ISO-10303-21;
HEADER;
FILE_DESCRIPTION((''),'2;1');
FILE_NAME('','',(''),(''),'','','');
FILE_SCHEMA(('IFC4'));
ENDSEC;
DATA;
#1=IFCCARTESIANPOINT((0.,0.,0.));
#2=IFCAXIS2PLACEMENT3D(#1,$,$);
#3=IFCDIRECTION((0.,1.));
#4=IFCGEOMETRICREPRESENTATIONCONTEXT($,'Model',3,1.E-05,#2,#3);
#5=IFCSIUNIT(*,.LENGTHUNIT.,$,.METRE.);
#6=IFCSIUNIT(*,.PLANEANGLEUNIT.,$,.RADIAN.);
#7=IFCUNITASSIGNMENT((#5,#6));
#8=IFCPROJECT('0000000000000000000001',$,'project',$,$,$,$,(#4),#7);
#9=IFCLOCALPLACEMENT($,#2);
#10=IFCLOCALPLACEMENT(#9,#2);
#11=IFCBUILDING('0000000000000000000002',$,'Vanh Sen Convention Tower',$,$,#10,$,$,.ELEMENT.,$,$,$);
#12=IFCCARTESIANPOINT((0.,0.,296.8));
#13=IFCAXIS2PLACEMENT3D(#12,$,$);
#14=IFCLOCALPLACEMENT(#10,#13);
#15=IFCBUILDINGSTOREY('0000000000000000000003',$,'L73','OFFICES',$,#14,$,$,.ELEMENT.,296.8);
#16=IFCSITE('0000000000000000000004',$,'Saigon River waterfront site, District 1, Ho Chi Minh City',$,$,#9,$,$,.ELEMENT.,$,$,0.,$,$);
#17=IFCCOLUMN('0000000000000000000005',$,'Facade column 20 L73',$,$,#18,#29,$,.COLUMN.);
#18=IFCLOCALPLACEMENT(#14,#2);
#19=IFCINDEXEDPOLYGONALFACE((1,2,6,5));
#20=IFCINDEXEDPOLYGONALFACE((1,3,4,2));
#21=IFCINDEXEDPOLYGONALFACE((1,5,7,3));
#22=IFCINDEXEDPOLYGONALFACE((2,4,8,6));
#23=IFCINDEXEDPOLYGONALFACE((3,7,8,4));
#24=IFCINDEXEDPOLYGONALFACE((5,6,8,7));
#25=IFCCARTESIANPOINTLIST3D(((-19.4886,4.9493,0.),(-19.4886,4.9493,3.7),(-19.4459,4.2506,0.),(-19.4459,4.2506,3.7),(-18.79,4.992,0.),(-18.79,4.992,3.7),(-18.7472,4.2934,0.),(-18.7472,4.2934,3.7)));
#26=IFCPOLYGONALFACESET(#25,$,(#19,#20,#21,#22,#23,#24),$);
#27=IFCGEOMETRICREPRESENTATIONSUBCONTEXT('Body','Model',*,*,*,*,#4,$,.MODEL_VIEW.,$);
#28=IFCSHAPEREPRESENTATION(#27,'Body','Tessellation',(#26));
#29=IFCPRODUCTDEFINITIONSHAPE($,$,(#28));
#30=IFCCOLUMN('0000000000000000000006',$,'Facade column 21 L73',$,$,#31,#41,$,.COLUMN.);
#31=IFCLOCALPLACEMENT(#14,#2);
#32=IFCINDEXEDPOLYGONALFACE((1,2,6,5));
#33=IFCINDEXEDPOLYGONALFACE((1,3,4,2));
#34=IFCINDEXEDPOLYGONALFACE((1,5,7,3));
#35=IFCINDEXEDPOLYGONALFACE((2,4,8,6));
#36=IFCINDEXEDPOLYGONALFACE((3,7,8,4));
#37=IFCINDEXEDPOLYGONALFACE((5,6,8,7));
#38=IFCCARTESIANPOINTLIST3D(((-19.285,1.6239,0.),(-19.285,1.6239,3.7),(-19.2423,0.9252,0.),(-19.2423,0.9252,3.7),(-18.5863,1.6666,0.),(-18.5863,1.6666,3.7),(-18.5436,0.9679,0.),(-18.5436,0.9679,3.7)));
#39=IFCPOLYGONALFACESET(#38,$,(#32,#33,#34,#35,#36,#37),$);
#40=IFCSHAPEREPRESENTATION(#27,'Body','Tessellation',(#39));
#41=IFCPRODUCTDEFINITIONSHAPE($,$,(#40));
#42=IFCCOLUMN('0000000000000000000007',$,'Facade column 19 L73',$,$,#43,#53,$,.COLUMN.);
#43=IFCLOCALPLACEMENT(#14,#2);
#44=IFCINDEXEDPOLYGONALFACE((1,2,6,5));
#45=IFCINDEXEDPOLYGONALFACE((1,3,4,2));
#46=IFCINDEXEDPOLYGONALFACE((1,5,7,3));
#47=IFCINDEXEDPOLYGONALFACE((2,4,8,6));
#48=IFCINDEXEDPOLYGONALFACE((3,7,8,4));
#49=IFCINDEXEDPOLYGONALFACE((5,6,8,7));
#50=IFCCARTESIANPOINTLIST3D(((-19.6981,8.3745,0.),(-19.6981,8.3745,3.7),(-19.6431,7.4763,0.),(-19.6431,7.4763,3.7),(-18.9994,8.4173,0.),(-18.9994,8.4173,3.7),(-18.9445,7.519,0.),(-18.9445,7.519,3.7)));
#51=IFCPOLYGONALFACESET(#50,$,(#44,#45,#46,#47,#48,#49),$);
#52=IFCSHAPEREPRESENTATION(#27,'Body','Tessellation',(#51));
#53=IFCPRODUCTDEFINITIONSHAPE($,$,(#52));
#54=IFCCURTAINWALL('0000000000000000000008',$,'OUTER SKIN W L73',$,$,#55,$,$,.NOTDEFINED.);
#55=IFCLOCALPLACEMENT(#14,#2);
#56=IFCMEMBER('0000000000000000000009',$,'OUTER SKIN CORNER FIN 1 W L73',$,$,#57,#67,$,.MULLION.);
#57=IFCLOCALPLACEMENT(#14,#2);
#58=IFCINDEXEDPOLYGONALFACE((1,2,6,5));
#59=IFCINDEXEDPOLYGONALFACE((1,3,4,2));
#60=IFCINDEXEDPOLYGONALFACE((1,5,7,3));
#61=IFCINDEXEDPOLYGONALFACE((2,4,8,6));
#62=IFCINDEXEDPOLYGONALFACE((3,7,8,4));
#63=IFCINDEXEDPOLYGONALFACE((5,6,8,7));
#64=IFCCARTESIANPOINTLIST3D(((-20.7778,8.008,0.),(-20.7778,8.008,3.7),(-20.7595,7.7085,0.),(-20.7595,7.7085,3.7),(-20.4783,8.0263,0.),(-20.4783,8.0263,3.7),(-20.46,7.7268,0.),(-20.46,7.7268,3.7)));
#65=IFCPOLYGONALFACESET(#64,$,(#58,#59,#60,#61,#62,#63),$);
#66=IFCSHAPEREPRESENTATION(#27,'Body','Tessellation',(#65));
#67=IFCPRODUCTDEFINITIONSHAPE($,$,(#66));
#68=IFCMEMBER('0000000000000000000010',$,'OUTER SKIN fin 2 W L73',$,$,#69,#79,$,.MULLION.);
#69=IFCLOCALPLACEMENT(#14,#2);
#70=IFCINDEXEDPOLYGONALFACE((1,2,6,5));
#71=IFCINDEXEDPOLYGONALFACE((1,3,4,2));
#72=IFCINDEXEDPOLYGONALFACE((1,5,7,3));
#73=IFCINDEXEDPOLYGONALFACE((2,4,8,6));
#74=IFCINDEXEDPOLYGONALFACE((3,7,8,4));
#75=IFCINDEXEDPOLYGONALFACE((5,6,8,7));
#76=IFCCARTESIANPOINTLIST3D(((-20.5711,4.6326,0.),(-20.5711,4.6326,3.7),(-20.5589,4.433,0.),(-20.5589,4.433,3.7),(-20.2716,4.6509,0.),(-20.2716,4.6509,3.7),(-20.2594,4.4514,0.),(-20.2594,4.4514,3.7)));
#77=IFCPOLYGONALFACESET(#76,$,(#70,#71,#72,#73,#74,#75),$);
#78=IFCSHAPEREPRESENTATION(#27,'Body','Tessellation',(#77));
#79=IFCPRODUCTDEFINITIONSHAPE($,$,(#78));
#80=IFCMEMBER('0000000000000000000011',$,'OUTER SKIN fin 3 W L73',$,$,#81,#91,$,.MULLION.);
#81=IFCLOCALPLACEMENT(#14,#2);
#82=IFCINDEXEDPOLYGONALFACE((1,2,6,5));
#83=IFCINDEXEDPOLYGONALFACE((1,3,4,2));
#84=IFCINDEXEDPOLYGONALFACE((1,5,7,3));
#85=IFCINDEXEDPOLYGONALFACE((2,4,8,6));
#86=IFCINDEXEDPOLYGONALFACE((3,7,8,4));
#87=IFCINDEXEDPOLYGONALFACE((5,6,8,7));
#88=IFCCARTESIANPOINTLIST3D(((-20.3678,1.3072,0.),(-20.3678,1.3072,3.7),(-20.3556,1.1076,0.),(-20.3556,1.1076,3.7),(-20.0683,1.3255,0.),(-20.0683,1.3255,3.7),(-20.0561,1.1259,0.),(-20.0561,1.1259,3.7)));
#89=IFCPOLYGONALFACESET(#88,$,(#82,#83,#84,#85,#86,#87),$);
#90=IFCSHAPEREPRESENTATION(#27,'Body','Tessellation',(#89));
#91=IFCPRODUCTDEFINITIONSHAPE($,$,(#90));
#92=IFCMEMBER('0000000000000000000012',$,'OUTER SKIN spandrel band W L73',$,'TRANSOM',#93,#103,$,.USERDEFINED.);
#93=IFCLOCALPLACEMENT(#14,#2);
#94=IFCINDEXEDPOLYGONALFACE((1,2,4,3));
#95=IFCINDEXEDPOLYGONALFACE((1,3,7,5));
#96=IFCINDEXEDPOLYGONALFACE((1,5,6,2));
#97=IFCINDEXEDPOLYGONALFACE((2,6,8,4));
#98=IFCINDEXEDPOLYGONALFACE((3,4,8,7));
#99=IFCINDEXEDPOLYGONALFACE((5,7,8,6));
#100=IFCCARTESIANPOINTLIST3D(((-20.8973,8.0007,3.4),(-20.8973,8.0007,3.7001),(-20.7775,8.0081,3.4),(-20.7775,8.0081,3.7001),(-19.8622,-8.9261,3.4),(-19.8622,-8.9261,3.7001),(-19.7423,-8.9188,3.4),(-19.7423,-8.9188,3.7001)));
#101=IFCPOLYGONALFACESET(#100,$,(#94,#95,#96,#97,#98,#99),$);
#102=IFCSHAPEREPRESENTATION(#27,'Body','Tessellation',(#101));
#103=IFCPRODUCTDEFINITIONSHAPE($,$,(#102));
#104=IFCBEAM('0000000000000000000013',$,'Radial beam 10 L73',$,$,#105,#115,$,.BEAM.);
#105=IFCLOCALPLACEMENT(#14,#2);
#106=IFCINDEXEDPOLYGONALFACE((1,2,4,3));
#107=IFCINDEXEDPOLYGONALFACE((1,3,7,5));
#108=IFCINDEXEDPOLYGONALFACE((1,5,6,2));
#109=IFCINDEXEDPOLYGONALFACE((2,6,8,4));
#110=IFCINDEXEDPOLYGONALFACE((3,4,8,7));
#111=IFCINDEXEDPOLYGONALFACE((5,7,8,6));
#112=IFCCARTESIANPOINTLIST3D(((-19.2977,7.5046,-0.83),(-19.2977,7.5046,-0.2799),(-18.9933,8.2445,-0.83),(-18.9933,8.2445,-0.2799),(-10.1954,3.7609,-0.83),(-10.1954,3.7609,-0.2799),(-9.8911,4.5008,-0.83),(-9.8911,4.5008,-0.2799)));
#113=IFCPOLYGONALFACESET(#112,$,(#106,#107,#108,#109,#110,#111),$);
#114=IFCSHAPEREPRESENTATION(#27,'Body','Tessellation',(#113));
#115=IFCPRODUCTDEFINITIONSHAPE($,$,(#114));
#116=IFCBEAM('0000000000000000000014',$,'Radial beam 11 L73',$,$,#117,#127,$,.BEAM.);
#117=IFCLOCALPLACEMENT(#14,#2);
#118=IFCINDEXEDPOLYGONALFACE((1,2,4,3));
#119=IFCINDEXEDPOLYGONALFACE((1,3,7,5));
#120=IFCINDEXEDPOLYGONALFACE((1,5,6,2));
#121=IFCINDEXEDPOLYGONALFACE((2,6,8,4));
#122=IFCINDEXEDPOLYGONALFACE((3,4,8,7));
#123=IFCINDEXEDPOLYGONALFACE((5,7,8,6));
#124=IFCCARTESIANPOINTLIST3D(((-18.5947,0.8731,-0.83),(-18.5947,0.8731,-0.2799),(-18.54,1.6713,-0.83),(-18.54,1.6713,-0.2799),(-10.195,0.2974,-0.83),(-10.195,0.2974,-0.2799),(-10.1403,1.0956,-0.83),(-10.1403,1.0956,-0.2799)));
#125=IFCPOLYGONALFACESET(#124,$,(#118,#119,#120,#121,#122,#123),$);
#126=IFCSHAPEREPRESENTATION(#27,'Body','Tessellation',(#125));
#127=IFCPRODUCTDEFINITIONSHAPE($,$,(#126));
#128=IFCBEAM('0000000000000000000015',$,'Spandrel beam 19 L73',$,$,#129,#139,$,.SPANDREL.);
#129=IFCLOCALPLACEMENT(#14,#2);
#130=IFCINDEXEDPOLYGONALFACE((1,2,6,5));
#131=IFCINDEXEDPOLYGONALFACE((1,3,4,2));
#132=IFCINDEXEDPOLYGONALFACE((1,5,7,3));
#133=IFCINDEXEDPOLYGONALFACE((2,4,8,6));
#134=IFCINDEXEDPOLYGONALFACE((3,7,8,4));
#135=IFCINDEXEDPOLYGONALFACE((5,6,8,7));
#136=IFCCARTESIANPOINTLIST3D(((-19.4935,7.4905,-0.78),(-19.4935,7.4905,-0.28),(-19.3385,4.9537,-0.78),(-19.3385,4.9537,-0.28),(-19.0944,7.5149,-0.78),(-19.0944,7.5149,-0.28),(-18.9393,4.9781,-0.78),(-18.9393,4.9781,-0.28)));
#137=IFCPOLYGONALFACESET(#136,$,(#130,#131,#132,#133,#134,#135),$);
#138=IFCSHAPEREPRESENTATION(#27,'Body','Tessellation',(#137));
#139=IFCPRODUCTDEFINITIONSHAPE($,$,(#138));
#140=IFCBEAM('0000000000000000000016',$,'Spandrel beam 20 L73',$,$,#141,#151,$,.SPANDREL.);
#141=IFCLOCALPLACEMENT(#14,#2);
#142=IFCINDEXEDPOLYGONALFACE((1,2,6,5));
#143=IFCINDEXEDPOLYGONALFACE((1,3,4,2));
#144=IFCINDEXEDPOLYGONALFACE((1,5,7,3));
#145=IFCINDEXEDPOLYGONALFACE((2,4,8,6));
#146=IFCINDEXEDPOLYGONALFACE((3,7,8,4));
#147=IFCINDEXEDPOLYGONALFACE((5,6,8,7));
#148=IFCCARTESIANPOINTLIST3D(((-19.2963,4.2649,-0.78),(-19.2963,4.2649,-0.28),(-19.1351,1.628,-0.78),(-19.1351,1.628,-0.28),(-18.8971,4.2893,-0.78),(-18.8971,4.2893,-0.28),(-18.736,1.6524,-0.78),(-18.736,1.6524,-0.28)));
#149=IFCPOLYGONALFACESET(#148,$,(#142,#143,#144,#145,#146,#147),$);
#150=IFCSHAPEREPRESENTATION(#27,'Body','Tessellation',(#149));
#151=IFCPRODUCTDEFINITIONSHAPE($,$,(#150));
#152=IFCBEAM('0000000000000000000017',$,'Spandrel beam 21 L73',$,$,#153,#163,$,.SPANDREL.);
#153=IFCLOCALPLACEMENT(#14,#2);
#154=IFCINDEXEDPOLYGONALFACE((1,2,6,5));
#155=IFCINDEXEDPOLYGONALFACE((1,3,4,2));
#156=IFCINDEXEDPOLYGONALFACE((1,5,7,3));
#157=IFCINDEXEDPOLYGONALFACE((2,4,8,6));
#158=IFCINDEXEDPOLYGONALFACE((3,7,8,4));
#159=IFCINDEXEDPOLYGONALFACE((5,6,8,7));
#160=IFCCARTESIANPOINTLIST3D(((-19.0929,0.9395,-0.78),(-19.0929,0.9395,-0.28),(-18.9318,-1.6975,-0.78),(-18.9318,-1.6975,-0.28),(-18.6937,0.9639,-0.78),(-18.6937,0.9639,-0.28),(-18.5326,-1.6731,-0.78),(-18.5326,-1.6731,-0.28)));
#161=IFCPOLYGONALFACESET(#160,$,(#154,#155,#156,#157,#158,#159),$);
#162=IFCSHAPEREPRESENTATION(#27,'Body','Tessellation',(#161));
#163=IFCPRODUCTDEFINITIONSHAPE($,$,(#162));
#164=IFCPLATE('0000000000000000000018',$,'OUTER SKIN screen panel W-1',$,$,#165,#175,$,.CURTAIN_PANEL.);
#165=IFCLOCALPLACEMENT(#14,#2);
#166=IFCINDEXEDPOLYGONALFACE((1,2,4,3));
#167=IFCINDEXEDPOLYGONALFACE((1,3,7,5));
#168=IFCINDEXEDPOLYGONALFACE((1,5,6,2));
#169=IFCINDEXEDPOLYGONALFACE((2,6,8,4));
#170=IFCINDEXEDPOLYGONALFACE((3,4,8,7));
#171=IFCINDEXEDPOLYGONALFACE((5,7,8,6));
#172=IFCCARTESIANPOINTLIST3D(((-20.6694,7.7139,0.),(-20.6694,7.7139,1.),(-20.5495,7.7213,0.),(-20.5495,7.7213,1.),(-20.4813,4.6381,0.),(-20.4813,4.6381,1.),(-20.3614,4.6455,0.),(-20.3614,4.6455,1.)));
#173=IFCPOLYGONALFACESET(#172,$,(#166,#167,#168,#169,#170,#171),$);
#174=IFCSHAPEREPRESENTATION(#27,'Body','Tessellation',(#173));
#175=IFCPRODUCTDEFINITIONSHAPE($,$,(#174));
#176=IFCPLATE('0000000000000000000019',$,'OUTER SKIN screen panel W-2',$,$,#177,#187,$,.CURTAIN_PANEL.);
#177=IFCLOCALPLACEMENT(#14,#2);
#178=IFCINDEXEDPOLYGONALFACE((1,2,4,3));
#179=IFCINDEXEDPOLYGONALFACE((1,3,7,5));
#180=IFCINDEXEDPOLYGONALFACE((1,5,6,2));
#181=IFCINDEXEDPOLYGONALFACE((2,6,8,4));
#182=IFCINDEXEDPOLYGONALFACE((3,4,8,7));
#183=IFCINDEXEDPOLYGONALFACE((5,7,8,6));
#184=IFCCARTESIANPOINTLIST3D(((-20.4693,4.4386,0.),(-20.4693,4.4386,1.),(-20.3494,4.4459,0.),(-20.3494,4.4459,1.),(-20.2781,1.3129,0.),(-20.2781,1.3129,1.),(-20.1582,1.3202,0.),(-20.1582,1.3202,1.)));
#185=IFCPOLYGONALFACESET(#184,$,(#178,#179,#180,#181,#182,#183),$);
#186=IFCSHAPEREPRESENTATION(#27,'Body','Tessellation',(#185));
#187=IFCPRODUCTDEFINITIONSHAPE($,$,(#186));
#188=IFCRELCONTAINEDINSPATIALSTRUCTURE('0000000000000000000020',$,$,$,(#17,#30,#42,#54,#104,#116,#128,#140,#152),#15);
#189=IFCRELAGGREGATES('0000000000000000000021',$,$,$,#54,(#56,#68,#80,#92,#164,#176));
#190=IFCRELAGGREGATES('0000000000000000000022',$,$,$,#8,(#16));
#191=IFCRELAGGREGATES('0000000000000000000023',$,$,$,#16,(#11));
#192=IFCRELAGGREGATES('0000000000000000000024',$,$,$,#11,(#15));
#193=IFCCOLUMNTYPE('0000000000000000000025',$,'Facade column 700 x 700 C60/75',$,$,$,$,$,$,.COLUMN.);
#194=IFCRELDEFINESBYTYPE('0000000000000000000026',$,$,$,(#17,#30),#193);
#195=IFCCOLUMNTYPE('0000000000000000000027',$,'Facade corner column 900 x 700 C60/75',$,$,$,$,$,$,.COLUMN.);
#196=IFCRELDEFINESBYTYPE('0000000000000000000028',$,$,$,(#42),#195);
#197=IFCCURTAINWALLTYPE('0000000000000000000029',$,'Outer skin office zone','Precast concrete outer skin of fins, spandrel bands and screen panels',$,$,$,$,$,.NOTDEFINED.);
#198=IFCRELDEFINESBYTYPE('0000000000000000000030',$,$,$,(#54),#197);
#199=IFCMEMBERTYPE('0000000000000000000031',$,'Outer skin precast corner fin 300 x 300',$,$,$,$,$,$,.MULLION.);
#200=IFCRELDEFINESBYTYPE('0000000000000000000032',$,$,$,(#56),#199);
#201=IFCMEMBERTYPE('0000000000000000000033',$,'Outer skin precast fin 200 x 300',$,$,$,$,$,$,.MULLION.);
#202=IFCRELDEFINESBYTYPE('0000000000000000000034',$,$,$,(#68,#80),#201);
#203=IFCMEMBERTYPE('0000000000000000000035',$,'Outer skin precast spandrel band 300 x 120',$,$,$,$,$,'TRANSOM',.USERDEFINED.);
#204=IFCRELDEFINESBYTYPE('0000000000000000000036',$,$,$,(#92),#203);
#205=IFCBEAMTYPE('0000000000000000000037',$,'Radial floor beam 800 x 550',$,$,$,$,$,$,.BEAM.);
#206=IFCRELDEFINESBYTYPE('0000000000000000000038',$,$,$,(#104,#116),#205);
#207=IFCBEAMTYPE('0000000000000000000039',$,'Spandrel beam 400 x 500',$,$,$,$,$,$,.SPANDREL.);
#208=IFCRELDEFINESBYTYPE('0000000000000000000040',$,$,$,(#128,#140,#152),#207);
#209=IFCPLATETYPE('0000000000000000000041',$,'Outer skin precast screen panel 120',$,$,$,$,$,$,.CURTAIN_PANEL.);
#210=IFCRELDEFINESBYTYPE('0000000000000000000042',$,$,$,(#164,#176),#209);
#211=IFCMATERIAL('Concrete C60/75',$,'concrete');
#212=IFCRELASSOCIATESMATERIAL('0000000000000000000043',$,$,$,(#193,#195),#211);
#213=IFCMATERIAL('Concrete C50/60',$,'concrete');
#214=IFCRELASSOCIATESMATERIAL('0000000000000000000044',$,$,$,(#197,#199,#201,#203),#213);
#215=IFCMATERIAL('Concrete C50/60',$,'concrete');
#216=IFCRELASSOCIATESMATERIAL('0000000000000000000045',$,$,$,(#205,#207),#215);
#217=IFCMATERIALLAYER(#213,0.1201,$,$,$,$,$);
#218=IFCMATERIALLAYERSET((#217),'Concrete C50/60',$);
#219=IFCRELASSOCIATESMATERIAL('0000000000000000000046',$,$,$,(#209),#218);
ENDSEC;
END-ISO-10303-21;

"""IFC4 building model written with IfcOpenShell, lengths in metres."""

from ifc_helpers import new_model, si_unit, direction, frame, origin, origin_2d, place, context, subcontext, project, spatial, rectangle, extrude, material, layer, layer_set, material_profile, profile_set, type_object, element, aggregate, save


model = new_model("IFC4")

# Units and contexts
model_context = context("Model", 3, precision=1e-05, world=origin(), true_north=direction((0.0, 1.0)))
body_context = subcontext(model_context, "Body", "Model", "MODEL_VIEW")
ifc_project = project(units=[si_unit("LENGTHUNIT", "METRE"), si_unit("PLANEANGLEUNIT", "RADIAN")], contexts=[model_context])

# Site, building, storey
site_placement = place(None, origin())
site = spatial("IfcSite", under=ifc_project, at=site_placement, Name="Saigon River waterfront site, District 1, Ho Chi Minh City", CompositionType="ELEMENT", RefElevation=0.0)
building_placement = place(site_placement, origin())
building = spatial("IfcBuilding", under=site, at=building_placement, Name="Vanh Sen Convention Tower", CompositionType="ELEMENT")
storey_placement = place(building_placement, frame((0.0, 0.0, 296.8)))
storey = spatial("IfcBuildingStorey", under=building, at=storey_placement, Name="L73", Description="OFFICES", CompositionType="ELEMENT", Elevation=296.8)

# Columns
ifc_material_1 = material(Name="Concrete C60/75", Category="concrete")
ifc_material_profile_1 = material_profile(ifc_material_1, rectangle(XDim=0.7, YDim=0.7, at=origin_2d()), Name="RC 700X700")
ifc_profile_set_1 = profile_set([ifc_material_profile_1], Name="Concrete C60/75")
column_type_1 = type_object("IfcColumnType", Name="Facade column 700 x 700 C60/75", PredefinedType="COLUMN", material=ifc_profile_set_1)
for number, where, z_axis, x_axis, name in (
    (1, (-19.1179, 4.6213, 0.0), (0.0, 0.0, 1.0), (0.061049, -0.998135, 0.0), "Facade column 20 L73"),
    (2, (-18.9143, 1.2959, 0.0), (0.0, 0.0, 1.0), (0.061049, -0.998135, 0.0), "Facade column 21 L73"),
):
    element("IfcColumn", number, at=place(storey_placement, frame(where, z_axis=z_axis, x_axis=x_axis)), inside=storey, type_object=column_type_1, Name=name, PredefinedType="COLUMN", context=body_context, shape_type="SweptSolid", body=[
        extrude(rectangle(XDim=0.7, YDim=0.7, at=origin_2d()), origin(), (0.0, 0.0, 1.0), 3.7),
    ])
ifc_material_profile_2 = material_profile(ifc_material_1, rectangle(XDim=0.8999, YDim=0.7, at=origin_2d()), Name="RC 900X700")
ifc_profile_set_2 = profile_set([ifc_material_profile_2], Name="Concrete C60/75")
column_type_2 = type_object("IfcColumnType", Name="Facade corner column 900 x 700 C60/75", PredefinedType="COLUMN", material=ifc_profile_set_2)
column_placement = place(storey_placement, frame((-19.3213, 7.9468, 0.0), z_axis=(0.0, 0.0, 1.0), x_axis=(0.061049, -0.998135, 0.0)))
element("IfcColumn", 3, at=column_placement, inside=storey, type_object=column_type_2, Name="Facade column 19 L73", PredefinedType="COLUMN", context=body_context, shape_type="SweptSolid", body=[
    extrude(rectangle(XDim=0.8999, YDim=0.7, at=origin_2d()), origin(), (0.0, 0.0, 1.0), 3.7),
])

# Curtain wall, members
ifc_material_2 = material(Name="Concrete C50/60", Category="concrete")
curtain_wall_type = type_object("IfcCurtainWallType", Name="Outer skin office zone", Description="Precast concrete outer skin of fins, spandrel bands and screen panels", PredefinedType="NOTDEFINED", material=ifc_material_2)
curtain_wall_placement = place(storey_placement, origin())
curtain_wall = element("IfcCurtainWall", 4, at=curtain_wall_placement, inside=storey, type_object=curtain_wall_type, Name="OUTER SKIN W L73", PredefinedType="NOTDEFINED")
ifc_material_profile_3 = material_profile(ifc_material_2, rectangle(XDim=0.3, YDim=0.3, at=origin_2d()), Name="Outer skin precast corner fin 300 x 300")
ifc_profile_set_3 = profile_set([ifc_material_profile_3], Name="Concrete C50/60")
member_type_1 = type_object("IfcMemberType", Name="Outer skin precast corner fin 300 x 300", PredefinedType="MULLION", material=ifc_profile_set_3)
member_1_placement = place(storey_placement, frame((-20.6189, 7.8674, 0.0), z_axis=(0.0, 0.0, 1.0), x_axis=(0.061049, -0.998135, 0.0)))
member_1 = element("IfcMember", 5, at=member_1_placement, type_object=member_type_1, Name="OUTER SKIN CORNER FIN 1 W L73", PredefinedType="MULLION", context=body_context, shape_type="SweptSolid", body=[
    extrude(rectangle(XDim=0.3, YDim=0.3, at=origin_2d()), origin(), (0.0, 0.0, 1.0), 3.7),
])
ifc_material_profile_4 = material_profile(ifc_material_2, rectangle(XDim=0.2, YDim=0.3, at=origin_2d()), Name="Outer skin precast fin 200 x 300")
ifc_profile_set_4 = profile_set([ifc_material_profile_4], Name="Concrete C50/60")
member_type_2 = type_object("IfcMemberType", Name="Outer skin precast fin 200 x 300", PredefinedType="MULLION", material=ifc_profile_set_4)
member_2_placement = place(storey_placement, frame((-20.4153, 4.542, 0.0), z_axis=(0.0, 0.0, 1.0), x_axis=(0.061049, -0.998135, 0.0)))
member_2 = element("IfcMember", 6, at=member_2_placement, type_object=member_type_2, Name="OUTER SKIN fin 2 W L73", PredefinedType="MULLION", context=body_context, shape_type="SweptSolid", body=[
    extrude(rectangle(XDim=0.2, YDim=0.3, at=origin_2d()), origin(), (0.0, 0.0, 1.0), 3.7),
])
member_3_placement = place(storey_placement, frame((-20.2119, 1.2166, 0.0), z_axis=(0.0, 0.0, 1.0), x_axis=(0.061049, -0.998135, 0.0)))
member_3 = element("IfcMember", 7, at=member_3_placement, type_object=member_type_2, Name="OUTER SKIN fin 3 W L73", PredefinedType="MULLION", context=body_context, shape_type="SweptSolid", body=[
    extrude(rectangle(XDim=0.2, YDim=0.3, at=origin_2d()), origin(), (0.0, 0.0, 1.0), 3.7),
])
ifc_material_profile_5 = material_profile(ifc_material_2, rectangle(XDim=0.1201, YDim=0.3, at=origin_2d()), Name="Outer skin precast spandrel band 300 x 120")
ifc_profile_set_5 = profile_set([ifc_material_profile_5], Name="Concrete C50/60")
member_type_3 = type_object("IfcMemberType", Name="Outer skin precast spandrel band 300 x 120", ElementType="TRANSOM", PredefinedType="USERDEFINED", material=ifc_profile_set_5)
member_4_placement = place(storey_placement, frame((-20.8374, 8.0044, 3.55), z_axis=(0.061041, -0.998135, 0.0), x_axis=(0.998135, 0.061041, 0.0)))
member_4 = element("IfcMember", 8, at=member_4_placement, type_object=member_type_3, Name="OUTER SKIN spandrel band W L73", ObjectType="TRANSOM", PredefinedType="USERDEFINED", context=body_context, shape_type="SweptSolid", body=[
    extrude(rectangle(XDim=0.1201, YDim=0.3, at=origin_2d()), origin(), (0.0, 0.0, 1.0), 16.9585),
])

# Beams
ifc_material_3 = material(Name="Concrete C50/60", Category="concrete")
ifc_material_profile_6 = material_profile(ifc_material_3, rectangle(XDim=0.8, YDim=0.55, at=origin_2d()), Name="RC 800X550")
ifc_profile_set_6 = profile_set([ifc_material_profile_6], Name="Concrete C50/60")
beam_type_1 = type_object("IfcBeamType", Name="Radial floor beam 800 x 550", PredefinedType="BEAM", material=ifc_profile_set_6)
beam_1_placement = place(storey_placement, frame((-19.1455, 7.8745, -0.5549), z_axis=(0.924834, -0.380372, 0.0), x_axis=(0.380372, 0.924834, 0.0)))
element("IfcBeam", 9, at=beam_1_placement, inside=storey, type_object=beam_type_1, Name="Radial beam 10 L73", PredefinedType="BEAM", context=body_context, shape_type="SweptSolid", body=[
    extrude(rectangle(XDim=0.8, YDim=0.55, at=origin_2d()), origin(), (0.0, 0.0, 1.0), 9.842),
])
beam_2_placement = place(storey_placement, frame((-18.5674, 1.2722, -0.5549), z_axis=(0.99766, -0.068376, 0.0), x_axis=(0.068376, 0.99766, 0.0)))
element("IfcBeam", 10, at=beam_2_placement, inside=storey, type_object=beam_type_1, Name="Radial beam 11 L73", PredefinedType="BEAM", context=body_context, shape_type="SweptSolid", body=[
    extrude(rectangle(XDim=0.8, YDim=0.55, at=origin_2d()), origin(), (0.0, 0.0, 1.0), 8.4194),
])
ifc_material_profile_7 = material_profile(ifc_material_3, rectangle(XDim=0.3999, YDim=0.5, at=origin_2d()), Name="RC 400X500")
ifc_profile_set_7 = profile_set([ifc_material_profile_7], Name="Concrete C50/60")
beam_type_2 = type_object("IfcBeamType", Name="Spandrel beam 400 x 500", PredefinedType="SPANDREL", material=ifc_profile_set_7)
beam_3_placement = place(storey_placement, frame((-19.2939, 7.5027, -0.53), z_axis=(0.060997, -0.998138, 0.0), x_axis=(0.998138, 0.060997, 0.0)))
element("IfcBeam", 11, at=beam_3_placement, inside=storey, type_object=beam_type_2, Name="Spandrel beam 19 L73", PredefinedType="SPANDREL", context=body_context, shape_type="SweptSolid", body=[
    extrude(rectangle(XDim=0.3999, YDim=0.5, at=origin_2d()), origin(), (0.0, 0.0, 1.0), 2.5415),
])
for number, where, z_axis, x_axis, name in (
    (12, (-19.0967, 4.2771, -0.53), (0.060992, -0.998138, 0.0), (0.998138, 0.060992, 0.0), "Spandrel beam 20 L73"),
    (13, (-18.8933, 0.9517, -0.53), (0.060992, -0.998138, 0.0), (0.998138, 0.060992, 0.0), "Spandrel beam 21 L73"),
):
    element("IfcBeam", number, at=place(storey_placement, frame(where, z_axis=z_axis, x_axis=x_axis)), inside=storey, type_object=beam_type_2, Name=name, PredefinedType="SPANDREL", context=body_context, shape_type="SweptSolid", body=[
        extrude(rectangle(XDim=0.3999, YDim=0.5, at=origin_2d()), origin(), (0.0, 0.0, 1.0), 2.6418),
    ])

# Plates
ifc_layer_1 = layer(ifc_material_2, 0.1201)
ifc_layer_set_1 = layer_set([ifc_layer_1], Name="Concrete C50/60")
plate_type = type_object("IfcPlateType", Name="Outer skin precast screen panel 120", PredefinedType="CURTAIN_PANEL", material=ifc_layer_set_1)
plate_1_placement = place(storey_placement, frame((-20.5154, 6.1797, 0.0), z_axis=(0.0, 0.0, 1.0), x_axis=(0.061052, -0.998135, 0.0)))
plate_1 = element("IfcPlate", 14, at=plate_1_placement, type_object=plate_type, Name="OUTER SKIN screen panel W-1", PredefinedType="CURTAIN_PANEL", context=body_context, shape_type="SweptSolid", body=[
    extrude(rectangle(XDim=3.0815, YDim=0.1201, at=origin_2d()), origin(), (0.0, 0.0, 1.0), 1.0),
])
plate_2_placement = place(storey_placement, frame((-20.3137, 2.8794, 0.0), z_axis=(0.0, 0.0, 1.0), x_axis=(0.06105, -0.998135, 0.0)))
plate_2 = element("IfcPlate", 15, at=plate_2_placement, type_object=plate_type, Name="OUTER SKIN screen panel W-2", PredefinedType="CURTAIN_PANEL", context=body_context, shape_type="SweptSolid", body=[
    extrude(rectangle(XDim=3.1316, YDim=0.1201, at=origin_2d()), origin(), (0.0, 0.0, 1.0), 1.0),
])
aggregate(curtain_wall, [member_1, member_2, member_3, member_4, plate_1, plate_2])

save(model, "model.ifc")
